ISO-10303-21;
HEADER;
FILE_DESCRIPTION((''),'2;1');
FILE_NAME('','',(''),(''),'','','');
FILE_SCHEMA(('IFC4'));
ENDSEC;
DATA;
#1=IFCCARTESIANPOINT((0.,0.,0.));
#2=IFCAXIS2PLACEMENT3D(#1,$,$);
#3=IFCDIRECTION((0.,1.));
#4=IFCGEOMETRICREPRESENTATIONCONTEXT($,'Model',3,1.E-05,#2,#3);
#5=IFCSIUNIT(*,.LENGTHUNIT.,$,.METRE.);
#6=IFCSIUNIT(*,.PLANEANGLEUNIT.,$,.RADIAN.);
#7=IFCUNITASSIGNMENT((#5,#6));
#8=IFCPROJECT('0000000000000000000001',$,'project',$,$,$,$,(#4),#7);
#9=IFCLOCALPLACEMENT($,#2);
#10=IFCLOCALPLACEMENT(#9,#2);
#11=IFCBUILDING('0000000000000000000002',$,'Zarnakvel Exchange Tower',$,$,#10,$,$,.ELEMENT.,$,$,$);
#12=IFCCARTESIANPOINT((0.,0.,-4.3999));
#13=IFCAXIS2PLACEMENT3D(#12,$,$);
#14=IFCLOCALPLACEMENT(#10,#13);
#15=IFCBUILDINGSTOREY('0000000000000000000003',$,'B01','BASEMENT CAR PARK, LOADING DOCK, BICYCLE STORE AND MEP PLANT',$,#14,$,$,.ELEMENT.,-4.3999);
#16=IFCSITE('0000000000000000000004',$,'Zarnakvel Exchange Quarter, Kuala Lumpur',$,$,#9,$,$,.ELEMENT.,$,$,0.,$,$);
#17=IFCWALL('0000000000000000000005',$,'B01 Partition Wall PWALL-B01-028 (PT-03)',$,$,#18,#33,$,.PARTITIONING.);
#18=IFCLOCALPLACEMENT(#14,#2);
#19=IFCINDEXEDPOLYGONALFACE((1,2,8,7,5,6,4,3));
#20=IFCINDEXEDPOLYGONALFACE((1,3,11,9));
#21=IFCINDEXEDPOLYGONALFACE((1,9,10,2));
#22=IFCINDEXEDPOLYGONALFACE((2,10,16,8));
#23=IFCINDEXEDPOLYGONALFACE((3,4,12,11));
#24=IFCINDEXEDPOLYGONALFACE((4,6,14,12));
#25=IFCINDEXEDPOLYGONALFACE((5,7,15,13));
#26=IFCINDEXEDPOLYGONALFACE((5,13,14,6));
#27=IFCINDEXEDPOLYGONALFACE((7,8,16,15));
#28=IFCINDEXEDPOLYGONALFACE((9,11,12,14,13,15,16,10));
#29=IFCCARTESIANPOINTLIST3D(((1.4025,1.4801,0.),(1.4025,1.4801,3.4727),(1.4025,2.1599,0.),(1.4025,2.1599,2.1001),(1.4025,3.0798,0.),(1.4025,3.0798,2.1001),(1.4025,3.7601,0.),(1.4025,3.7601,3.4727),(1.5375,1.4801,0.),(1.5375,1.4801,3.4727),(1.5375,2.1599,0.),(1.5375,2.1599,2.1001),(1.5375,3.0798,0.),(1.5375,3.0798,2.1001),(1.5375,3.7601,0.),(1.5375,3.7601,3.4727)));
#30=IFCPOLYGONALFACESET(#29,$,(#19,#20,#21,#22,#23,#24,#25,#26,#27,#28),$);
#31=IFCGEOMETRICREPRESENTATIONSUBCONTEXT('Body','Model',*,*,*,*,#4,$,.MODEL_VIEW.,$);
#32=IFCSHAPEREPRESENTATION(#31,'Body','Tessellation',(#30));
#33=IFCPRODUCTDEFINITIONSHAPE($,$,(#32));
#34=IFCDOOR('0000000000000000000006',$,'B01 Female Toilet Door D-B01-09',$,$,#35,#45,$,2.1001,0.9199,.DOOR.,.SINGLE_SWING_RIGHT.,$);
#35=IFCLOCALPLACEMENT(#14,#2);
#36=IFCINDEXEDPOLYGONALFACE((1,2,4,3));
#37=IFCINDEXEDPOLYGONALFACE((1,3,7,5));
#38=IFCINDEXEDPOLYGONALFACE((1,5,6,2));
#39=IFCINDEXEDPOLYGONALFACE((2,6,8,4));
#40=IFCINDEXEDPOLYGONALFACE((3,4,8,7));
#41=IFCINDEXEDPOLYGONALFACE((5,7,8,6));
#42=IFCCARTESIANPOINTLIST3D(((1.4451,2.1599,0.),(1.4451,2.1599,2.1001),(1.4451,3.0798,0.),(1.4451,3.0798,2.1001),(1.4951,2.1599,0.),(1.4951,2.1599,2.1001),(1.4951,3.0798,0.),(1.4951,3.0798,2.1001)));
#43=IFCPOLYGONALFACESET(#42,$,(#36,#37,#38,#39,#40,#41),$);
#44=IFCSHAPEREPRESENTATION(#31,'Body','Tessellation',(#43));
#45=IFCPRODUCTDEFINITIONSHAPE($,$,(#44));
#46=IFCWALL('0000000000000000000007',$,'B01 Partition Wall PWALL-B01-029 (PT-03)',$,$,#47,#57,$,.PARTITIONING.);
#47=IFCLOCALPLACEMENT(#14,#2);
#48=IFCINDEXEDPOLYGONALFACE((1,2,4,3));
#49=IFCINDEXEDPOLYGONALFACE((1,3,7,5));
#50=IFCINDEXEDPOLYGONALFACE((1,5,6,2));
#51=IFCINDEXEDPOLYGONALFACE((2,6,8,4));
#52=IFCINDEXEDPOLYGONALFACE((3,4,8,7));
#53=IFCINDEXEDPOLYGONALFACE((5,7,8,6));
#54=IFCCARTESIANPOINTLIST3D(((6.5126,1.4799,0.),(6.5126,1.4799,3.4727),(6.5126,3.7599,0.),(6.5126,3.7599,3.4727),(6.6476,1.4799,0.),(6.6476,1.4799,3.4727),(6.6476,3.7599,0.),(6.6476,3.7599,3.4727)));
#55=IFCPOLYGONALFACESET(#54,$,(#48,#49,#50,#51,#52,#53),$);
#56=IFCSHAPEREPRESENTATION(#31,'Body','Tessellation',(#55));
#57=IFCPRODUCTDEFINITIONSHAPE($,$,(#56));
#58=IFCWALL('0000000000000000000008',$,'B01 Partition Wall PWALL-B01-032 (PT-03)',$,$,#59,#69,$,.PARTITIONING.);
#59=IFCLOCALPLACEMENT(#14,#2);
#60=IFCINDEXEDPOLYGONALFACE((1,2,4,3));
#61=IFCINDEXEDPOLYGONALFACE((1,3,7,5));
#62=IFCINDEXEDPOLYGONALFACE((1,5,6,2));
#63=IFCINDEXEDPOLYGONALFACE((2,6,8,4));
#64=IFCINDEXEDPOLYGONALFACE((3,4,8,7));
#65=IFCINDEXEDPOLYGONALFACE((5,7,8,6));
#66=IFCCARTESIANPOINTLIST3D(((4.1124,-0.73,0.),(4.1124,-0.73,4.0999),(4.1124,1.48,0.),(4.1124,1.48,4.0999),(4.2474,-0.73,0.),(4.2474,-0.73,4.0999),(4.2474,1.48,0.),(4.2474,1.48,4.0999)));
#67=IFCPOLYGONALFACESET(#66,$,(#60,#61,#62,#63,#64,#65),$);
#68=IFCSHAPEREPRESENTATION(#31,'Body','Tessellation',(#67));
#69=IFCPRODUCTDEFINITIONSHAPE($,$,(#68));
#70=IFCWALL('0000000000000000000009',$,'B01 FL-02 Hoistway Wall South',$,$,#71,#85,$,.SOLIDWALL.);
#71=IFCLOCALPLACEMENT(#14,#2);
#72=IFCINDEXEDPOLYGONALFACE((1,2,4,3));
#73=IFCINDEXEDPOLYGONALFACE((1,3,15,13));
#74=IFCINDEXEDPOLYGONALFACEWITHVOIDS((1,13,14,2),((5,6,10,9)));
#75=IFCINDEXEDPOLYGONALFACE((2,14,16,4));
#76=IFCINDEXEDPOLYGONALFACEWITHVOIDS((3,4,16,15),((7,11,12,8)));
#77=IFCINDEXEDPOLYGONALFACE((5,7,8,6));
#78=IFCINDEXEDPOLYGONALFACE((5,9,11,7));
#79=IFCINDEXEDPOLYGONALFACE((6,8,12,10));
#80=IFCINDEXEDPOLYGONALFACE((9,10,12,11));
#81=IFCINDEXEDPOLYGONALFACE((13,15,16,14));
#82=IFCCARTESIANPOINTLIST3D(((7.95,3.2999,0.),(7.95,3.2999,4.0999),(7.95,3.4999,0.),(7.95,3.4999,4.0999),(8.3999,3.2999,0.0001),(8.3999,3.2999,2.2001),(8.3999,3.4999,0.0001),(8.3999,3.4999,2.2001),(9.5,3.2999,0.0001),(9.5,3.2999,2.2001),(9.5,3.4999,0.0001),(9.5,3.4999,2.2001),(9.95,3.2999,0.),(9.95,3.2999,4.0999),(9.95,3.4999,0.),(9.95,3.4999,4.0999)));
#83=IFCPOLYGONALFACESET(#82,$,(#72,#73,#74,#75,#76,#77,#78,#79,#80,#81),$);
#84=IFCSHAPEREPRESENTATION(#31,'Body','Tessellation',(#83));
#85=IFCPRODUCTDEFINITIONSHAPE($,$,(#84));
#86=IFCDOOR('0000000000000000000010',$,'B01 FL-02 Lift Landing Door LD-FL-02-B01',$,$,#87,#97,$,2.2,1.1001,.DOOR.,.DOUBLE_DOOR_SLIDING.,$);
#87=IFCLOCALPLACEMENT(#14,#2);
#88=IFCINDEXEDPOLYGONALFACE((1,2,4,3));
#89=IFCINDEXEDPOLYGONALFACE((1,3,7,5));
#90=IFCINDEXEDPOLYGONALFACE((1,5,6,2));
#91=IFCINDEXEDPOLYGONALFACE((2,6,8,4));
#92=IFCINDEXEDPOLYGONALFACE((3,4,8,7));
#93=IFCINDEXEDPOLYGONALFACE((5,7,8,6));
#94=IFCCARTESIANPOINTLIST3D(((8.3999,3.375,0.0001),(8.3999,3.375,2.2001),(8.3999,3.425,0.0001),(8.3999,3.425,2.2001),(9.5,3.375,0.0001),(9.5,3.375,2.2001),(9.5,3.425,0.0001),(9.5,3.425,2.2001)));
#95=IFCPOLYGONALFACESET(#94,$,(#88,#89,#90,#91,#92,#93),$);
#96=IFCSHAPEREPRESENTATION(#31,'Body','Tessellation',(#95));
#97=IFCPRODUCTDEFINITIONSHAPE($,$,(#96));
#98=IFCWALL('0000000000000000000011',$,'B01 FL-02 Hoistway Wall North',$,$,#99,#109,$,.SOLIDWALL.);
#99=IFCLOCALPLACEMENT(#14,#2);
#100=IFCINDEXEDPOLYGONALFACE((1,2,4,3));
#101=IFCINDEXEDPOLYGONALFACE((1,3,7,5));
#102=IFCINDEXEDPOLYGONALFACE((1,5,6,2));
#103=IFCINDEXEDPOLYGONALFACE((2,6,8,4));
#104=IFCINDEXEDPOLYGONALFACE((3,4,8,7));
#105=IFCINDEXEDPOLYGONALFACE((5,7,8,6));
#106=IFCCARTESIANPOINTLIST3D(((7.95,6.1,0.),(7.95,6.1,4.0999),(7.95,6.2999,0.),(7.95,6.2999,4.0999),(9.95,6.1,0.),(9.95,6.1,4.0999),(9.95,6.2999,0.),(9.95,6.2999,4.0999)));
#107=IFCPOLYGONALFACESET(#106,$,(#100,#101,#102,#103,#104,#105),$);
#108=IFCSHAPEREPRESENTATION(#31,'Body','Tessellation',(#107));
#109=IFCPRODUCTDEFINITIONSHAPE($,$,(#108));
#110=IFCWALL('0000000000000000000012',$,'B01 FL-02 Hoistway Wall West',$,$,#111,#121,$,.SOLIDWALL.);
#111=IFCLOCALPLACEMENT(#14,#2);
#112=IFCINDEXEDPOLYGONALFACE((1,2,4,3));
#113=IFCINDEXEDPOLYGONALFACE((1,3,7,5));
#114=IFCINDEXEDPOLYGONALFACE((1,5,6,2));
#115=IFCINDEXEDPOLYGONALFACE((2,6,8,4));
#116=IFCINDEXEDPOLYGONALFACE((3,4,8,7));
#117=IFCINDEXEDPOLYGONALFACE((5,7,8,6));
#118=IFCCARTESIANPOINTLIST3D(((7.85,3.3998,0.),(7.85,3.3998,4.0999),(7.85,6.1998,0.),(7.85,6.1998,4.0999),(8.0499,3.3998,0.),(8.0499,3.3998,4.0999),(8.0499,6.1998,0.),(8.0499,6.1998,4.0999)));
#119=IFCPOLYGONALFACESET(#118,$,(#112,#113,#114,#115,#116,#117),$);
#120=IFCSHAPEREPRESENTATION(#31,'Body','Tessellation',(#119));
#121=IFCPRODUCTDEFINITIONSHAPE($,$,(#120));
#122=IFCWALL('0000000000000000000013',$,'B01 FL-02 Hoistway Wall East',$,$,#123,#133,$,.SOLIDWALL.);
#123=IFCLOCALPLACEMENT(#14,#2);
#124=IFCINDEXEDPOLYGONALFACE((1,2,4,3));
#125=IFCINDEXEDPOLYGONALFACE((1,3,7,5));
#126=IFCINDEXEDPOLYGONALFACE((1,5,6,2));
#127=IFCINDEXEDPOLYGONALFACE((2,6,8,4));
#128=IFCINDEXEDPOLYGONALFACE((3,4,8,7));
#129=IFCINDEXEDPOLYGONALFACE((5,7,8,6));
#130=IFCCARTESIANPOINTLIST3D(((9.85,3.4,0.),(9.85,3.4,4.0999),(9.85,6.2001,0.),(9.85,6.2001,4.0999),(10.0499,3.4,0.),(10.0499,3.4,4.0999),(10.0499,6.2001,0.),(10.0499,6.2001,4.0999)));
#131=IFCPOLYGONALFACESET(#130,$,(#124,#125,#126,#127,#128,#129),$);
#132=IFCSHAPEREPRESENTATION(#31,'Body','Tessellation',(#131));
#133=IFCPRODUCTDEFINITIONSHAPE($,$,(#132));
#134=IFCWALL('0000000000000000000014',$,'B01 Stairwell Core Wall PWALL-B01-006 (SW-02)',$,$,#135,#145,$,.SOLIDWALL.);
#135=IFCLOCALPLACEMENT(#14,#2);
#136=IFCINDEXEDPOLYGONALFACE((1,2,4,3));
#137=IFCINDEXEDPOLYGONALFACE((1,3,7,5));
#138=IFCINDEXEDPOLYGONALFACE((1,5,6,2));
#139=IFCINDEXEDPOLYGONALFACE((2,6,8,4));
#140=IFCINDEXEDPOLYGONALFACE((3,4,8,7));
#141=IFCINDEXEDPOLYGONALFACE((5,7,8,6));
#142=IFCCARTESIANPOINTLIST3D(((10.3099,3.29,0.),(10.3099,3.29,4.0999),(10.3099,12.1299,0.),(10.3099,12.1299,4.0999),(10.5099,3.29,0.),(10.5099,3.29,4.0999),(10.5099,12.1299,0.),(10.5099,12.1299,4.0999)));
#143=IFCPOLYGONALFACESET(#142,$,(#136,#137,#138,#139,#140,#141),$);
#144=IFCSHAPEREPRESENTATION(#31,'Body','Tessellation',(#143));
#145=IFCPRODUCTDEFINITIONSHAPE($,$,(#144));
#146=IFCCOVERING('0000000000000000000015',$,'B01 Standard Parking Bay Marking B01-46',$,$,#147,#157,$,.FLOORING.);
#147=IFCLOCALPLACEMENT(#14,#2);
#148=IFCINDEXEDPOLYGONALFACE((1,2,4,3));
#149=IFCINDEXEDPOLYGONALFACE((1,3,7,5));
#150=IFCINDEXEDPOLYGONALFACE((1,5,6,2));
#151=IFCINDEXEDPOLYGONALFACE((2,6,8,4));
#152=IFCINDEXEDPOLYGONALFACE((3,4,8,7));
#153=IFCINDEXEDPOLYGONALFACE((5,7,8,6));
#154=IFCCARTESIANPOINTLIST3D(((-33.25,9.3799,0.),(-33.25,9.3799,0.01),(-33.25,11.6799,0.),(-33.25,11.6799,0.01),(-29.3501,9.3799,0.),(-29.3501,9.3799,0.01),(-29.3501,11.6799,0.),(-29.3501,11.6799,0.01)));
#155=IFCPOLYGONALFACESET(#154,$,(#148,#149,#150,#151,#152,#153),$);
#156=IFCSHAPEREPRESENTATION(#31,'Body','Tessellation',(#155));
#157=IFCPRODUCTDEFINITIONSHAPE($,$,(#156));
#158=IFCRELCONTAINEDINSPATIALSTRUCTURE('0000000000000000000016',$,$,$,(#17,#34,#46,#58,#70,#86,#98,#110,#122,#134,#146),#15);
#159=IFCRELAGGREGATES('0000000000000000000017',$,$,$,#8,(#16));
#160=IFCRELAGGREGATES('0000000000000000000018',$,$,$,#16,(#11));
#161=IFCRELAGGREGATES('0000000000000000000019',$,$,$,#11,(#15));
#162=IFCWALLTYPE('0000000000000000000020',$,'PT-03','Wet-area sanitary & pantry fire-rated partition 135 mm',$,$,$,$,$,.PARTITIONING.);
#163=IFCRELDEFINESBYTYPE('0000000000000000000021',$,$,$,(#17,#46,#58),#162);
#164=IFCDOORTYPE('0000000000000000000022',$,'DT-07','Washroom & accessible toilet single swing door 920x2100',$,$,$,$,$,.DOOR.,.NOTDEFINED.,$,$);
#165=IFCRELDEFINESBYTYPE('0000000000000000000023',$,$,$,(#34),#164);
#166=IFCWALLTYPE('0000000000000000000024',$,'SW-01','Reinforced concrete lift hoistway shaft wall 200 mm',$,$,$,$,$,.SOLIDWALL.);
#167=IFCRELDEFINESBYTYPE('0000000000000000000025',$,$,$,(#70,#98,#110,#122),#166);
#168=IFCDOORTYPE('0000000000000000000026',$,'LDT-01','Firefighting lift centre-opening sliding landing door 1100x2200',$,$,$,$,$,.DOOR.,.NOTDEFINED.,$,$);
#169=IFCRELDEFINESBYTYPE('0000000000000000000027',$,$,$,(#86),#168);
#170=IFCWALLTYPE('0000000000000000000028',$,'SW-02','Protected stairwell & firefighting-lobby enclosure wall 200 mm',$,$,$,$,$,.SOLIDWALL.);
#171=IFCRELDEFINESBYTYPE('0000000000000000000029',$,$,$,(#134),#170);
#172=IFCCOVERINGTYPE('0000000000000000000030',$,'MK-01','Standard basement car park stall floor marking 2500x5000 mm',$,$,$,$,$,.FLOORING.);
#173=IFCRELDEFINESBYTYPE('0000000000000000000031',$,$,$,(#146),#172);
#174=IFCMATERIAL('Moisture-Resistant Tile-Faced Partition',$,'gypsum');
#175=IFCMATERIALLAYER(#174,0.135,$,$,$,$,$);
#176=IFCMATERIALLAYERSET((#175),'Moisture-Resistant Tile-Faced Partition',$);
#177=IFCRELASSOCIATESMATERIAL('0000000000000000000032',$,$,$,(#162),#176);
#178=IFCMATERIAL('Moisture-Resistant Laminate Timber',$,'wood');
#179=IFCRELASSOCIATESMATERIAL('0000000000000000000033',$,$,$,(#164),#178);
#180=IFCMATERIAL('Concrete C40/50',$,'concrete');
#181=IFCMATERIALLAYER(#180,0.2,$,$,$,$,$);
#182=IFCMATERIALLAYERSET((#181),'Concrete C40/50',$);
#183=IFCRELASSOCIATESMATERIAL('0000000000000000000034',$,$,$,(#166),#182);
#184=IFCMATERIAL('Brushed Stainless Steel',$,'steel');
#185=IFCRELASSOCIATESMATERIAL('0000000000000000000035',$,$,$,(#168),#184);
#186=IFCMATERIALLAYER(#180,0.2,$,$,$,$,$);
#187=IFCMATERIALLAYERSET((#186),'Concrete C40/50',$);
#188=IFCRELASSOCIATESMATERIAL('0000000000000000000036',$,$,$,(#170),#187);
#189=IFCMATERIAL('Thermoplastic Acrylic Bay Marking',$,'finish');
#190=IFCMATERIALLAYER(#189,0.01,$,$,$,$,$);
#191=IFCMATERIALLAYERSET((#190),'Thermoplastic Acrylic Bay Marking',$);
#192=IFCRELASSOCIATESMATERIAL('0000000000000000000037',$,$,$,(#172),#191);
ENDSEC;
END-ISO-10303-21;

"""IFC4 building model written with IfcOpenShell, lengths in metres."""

from ifc_helpers import new_model, si_unit, direction, frame, frame_2d, origin, place, context, subcontext, project, spatial, polyline, rectangle, outline, extrude, source, transform, mapped, material, layer, layer_set, type_object, element, fill, save


model = new_model("IFC4")

# Units and contexts
model_context = context("Model", 3, precision=1e-05, world=origin(), true_north=direction((0.0, 1.0)))
body_context = subcontext(model_context, "Body", "Model", "MODEL_VIEW")
ifc_project = project(units=[si_unit("LENGTHUNIT", "METRE"), si_unit("PLANEANGLEUNIT", "RADIAN")], contexts=[model_context])

# Site, building, storey
site_placement = place(None, origin())
site = spatial("IfcSite", under=ifc_project, at=site_placement, Name="Zarnakvel Exchange Quarter, Kuala Lumpur", CompositionType="ELEMENT", RefElevation=0.0)
building_placement = place(site_placement, origin())
building = spatial("IfcBuilding", under=site, at=building_placement, Name="Zarnakvel Exchange Tower", CompositionType="ELEMENT")
storey_placement = place(building_placement, frame((0.0, 0.0, -4.3999)))
storey = spatial("IfcBuildingStorey", under=building, at=storey_placement, Name="B01", Description="BASEMENT CAR PARK, LOADING DOCK, BICYCLE STORE AND MEP PLANT", CompositionType="ELEMENT", Elevation=-4.3999)

# Shared definitions
ifc_material_1 = material(Name="Moisture-Resistant Tile-Faced Partition", Category="gypsum")
ifc_layer_1 = layer(ifc_material_1, 0.135)
ifc_layer_set_1 = layer_set([ifc_layer_1], Name="Moisture-Resistant Tile-Faced Partition")
wall_type_1 = type_object("IfcWallType", Name="PT-03", Description="Wet-area sanitary & pantry fire-rated partition 135 mm", PredefinedType="PARTITIONING", material=ifc_layer_set_1)

# Wall, opening, door
wall_1_placement = place(storey_placement, frame((1.47, 1.48, 0.0), z_axis=(0.0, 0.0, 1.0), x_axis=(0.0, 1.0, 0.0)))
wall_1 = element("IfcWall", 1, at=wall_1_placement, inside=storey, type_object=wall_type_1, Name="B01 Partition Wall PWALL-B01-028 (PT-03)", PredefinedType="PARTITIONING", context=body_context, shape_type="SweptSolid", body=[
    extrude(rectangle(XDim=2.28, YDim=0.135, at=frame_2d((1.1401, 0.0))), origin(), (0.0, 0.0, 1.0), 3.4727),
])
opening_1_placement = place(wall_1_placement, frame((0.6799, 0.0, 0.0)))
opening_1 = element("IfcOpeningElement", 2, at=opening_1_placement, cuts=wall_1, PredefinedType="OPENING", context=body_context, shape_type="SweptSolid", body=[
    extrude(rectangle(XDim=0.9199, YDim=2.1001, at=frame_2d((0.46, 1.05))), frame((0.0, 0.0774, 0.0), z_axis=(0.0, -1.0, 0.0), x_axis=(1.0, 0.0, 0.0)), (0.0, 0.0, 1.0), 0.155),
])
ifc_material_2 = material(Name="Moisture-Resistant Laminate Timber", Category="wood")
door_type_1 = type_object("IfcDoorType", Name="DT-07", Description="Washroom & accessible toilet single swing door 920x2100", OperationType="NOTDEFINED", PredefinedType="DOOR", material=ifc_material_2)
shared_shape_1 = source(origin(), body_context, "Body", "SweptSolid", [
    extrude(rectangle(XDim=0.9199, YDim=2.1001, at=frame_2d((0.46, 1.05))), frame((0.0, 0.0249, 0.0), z_axis=(0.0, -1.0, 0.0), x_axis=(1.0, 0.0, 0.0)), (0.0, 0.0, 1.0), 0.05),
])
door_1_placement = place(opening_1_placement, origin())
door_1 = element("IfcDoor", 3, at=door_1_placement, inside=storey, type_object=door_type_1, Name="B01 Female Toilet Door D-B01-09", OperationType="SINGLE_SWING_RIGHT", OverallHeight=2.1001, OverallWidth=0.9199, PredefinedType="DOOR", context=body_context, shape_type="MappedRepresentation", body=[
    mapped(shared_shape_1, transform((0.0, 0.0, 0.0), x_axis=(1.0, 0.0, 0.0), y_axis=(0.0, 1.0, 0.0), z_axis=(0.0, 0.0, 1.0), scale=1.0)),
])
fill(opening_1, door_1)

# Walls
wall_2_placement = place(storey_placement, frame((6.5801, 3.76, 0.0), z_axis=(0.0, 0.0, 1.0), x_axis=(0.0, -1.0, 0.0)))
element("IfcWall", 4, at=wall_2_placement, inside=storey, type_object=wall_type_1, Name="B01 Partition Wall PWALL-B01-029 (PT-03)", PredefinedType="PARTITIONING", context=body_context, shape_type="SweptSolid", body=[
    extrude(rectangle(XDim=2.28, YDim=0.135, at=frame_2d((1.1401, 0.0))), origin(), (0.0, 0.0, 1.0), 3.4727),
])
wall_3_placement = place(storey_placement, frame((4.1799, 1.48, 0.0), z_axis=(0.0, 0.0, 1.0), x_axis=(0.0, -1.0, 0.0)))
element("IfcWall", 5, at=wall_3_placement, inside=storey, type_object=wall_type_1, Name="B01 Partition Wall PWALL-B01-032 (PT-03)", PredefinedType="PARTITIONING", context=body_context, shape_type="SweptSolid", body=[
    extrude(rectangle(XDim=2.21, YDim=0.135, at=frame_2d((1.105, 0.0))), origin(), (0.0, 0.0, 1.0), 4.0999),
])

# Wall, opening, door
ifc_material_3 = material(Name="Concrete C40/50", Category="concrete")
ifc_layer_2 = layer(ifc_material_3, 0.2)
ifc_layer_set_2 = layer_set([ifc_layer_2], Name="Concrete C40/50")
wall_type_2 = type_object("IfcWallType", Name="SW-01", Description="Reinforced concrete lift hoistway shaft wall 200 mm", PredefinedType="SOLIDWALL", material=ifc_layer_set_2)
wall_4_placement = place(storey_placement, frame((9.95, 3.3999, 0.0), z_axis=(0.0, 0.0, 1.0), x_axis=(-1.0, 0.0, 0.0)))
wall_4 = element("IfcWall", 6, at=wall_4_placement, inside=storey, type_object=wall_type_2, Name="B01 FL-02 Hoistway Wall South", PredefinedType="SOLIDWALL", context=body_context, shape_type="SweptSolid", body=[
    extrude(rectangle(XDim=2.0, YDim=0.2, at=frame_2d((1.0, 0.0))), origin(), (0.0, 0.0, 1.0), 4.0999),
])
opening_2_placement = place(wall_4_placement, frame((0.45, 0.0, 0.0)))
opening_2 = element("IfcOpeningElement", 7, at=opening_2_placement, cuts=wall_4, PredefinedType="OPENING", context=body_context, shape_type="SweptSolid", body=[
    extrude(rectangle(XDim=1.1001, YDim=2.2, at=frame_2d((0.55, 1.1001))), frame((0.0, 0.1099, 0.0), z_axis=(0.0, -1.0, 0.0), x_axis=(1.0, 0.0, 0.0)), (0.0, 0.0, 1.0), 0.22),
])
ifc_material_4 = material(Name="Brushed Stainless Steel", Category="steel")
door_type_2 = type_object("IfcDoorType", Name="LDT-01", Description="Firefighting lift centre-opening sliding landing door 1100x2200", OperationType="NOTDEFINED", PredefinedType="DOOR", material=ifc_material_4)
shared_shape_2 = source(origin(), body_context, "Body", "SweptSolid", [
    extrude(rectangle(XDim=1.1001, YDim=2.2, at=frame_2d((0.55, 1.1001))), frame((0.0, 0.0249, 0.0), z_axis=(0.0, -1.0, 0.0), x_axis=(1.0, 0.0, 0.0)), (0.0, 0.0, 1.0), 0.05),
])
door_2_placement = place(opening_2_placement, origin())
door_2 = element("IfcDoor", 8, at=door_2_placement, inside=storey, type_object=door_type_2, Name="B01 FL-02 Lift Landing Door LD-FL-02-B01", OperationType="DOUBLE_DOOR_SLIDING", OverallHeight=2.2, OverallWidth=1.1001, PredefinedType="DOOR", context=body_context, shape_type="MappedRepresentation", body=[
    mapped(shared_shape_2, transform((0.0, 0.0, 0.0), x_axis=(1.0, 0.0, 0.0), y_axis=(0.0, 1.0, 0.0), z_axis=(0.0, 0.0, 1.0), scale=1.0)),
])
fill(opening_2, door_2)

# Walls
wall_5_placement = place(storey_placement, frame((7.95, 6.2, 0.0), z_axis=(0.0, 0.0, 1.0), x_axis=(1.0, 0.0, 0.0)))
element("IfcWall", 9, at=wall_5_placement, inside=storey, type_object=wall_type_2, Name="B01 FL-02 Hoistway Wall North", PredefinedType="SOLIDWALL", context=body_context, shape_type="SweptSolid", body=[
    extrude(rectangle(XDim=2.0, YDim=0.2, at=frame_2d((1.0, 0.0))), origin(), (0.0, 0.0, 1.0), 4.0999),
])
for number, where, z_axis, x_axis, name in (
    (10, (7.95, 3.3999, 0.0), (0.0, 0.0, 1.0), (0.0, 1.0, 0.0), "B01 FL-02 Hoistway Wall West"),
    (11, (9.95, 6.2, 0.0), (0.0, 0.0, 1.0), (0.0, -1.0, 0.0), "B01 FL-02 Hoistway Wall East"),
):
    element("IfcWall", number, at=place(storey_placement, frame(where, z_axis=z_axis, x_axis=x_axis)), inside=storey, type_object=wall_type_2, Name=name, PredefinedType="SOLIDWALL", context=body_context, shape_type="SweptSolid", body=[
        extrude(rectangle(XDim=2.8, YDim=0.2, at=frame_2d((1.3999, 0.0))), origin(), (0.0, 0.0, 1.0), 4.0999),
    ])
ifc_layer_3 = layer(ifc_material_3, 0.2)
ifc_layer_set_3 = layer_set([ifc_layer_3], Name="Concrete C40/50")
wall_type_3 = type_object("IfcWallType", Name="SW-02", Description="Protected stairwell & firefighting-lobby enclosure wall 200 mm", PredefinedType="SOLIDWALL", material=ifc_layer_set_3)
wall_6_placement = place(storey_placement, frame((10.4099, 3.29, 0.0), z_axis=(0.0, 0.0, 1.0), x_axis=(0.0, 1.0, 0.0)))
element("IfcWall", 12, at=wall_6_placement, inside=storey, type_object=wall_type_3, Name="B01 Stairwell Core Wall PWALL-B01-006 (SW-02)", PredefinedType="SOLIDWALL", context=body_context, shape_type="SweptSolid", body=[
    extrude(rectangle(XDim=8.8398, YDim=0.2, at=frame_2d((4.4199, 0.0))), origin(), (0.0, 0.0, 1.0), 4.0999),
])

# Covering
ifc_material_5 = material(Name="Thermoplastic Acrylic Bay Marking", Category="finish")
ifc_layer_4 = layer(ifc_material_5, 0.01)
ifc_layer_set_4 = layer_set([ifc_layer_4], Name="Thermoplastic Acrylic Bay Marking")
covering_type = type_object("IfcCoveringType", Name="MK-01", Description="Standard basement car park stall floor marking 2500x5000 mm", PredefinedType="FLOORING", material=ifc_layer_set_4)
covering_placement = place(storey_placement, origin())
element("IfcCovering", 13, at=covering_placement, inside=storey, type_object=covering_type, Name="B01 Standard Parking Bay Marking B01-46", PredefinedType="FLOORING", context=body_context, shape_type="SweptSolid", body=[
    extrude(outline(polyline([(-33.25, 9.3799), (-29.3501, 9.3799), (-29.3501, 11.6799), (-33.25, 11.6799), (-33.25, 9.3799)])), origin(), (0.0, 0.0, 1.0), 0.01),
])

save(model, "model.ifc")
